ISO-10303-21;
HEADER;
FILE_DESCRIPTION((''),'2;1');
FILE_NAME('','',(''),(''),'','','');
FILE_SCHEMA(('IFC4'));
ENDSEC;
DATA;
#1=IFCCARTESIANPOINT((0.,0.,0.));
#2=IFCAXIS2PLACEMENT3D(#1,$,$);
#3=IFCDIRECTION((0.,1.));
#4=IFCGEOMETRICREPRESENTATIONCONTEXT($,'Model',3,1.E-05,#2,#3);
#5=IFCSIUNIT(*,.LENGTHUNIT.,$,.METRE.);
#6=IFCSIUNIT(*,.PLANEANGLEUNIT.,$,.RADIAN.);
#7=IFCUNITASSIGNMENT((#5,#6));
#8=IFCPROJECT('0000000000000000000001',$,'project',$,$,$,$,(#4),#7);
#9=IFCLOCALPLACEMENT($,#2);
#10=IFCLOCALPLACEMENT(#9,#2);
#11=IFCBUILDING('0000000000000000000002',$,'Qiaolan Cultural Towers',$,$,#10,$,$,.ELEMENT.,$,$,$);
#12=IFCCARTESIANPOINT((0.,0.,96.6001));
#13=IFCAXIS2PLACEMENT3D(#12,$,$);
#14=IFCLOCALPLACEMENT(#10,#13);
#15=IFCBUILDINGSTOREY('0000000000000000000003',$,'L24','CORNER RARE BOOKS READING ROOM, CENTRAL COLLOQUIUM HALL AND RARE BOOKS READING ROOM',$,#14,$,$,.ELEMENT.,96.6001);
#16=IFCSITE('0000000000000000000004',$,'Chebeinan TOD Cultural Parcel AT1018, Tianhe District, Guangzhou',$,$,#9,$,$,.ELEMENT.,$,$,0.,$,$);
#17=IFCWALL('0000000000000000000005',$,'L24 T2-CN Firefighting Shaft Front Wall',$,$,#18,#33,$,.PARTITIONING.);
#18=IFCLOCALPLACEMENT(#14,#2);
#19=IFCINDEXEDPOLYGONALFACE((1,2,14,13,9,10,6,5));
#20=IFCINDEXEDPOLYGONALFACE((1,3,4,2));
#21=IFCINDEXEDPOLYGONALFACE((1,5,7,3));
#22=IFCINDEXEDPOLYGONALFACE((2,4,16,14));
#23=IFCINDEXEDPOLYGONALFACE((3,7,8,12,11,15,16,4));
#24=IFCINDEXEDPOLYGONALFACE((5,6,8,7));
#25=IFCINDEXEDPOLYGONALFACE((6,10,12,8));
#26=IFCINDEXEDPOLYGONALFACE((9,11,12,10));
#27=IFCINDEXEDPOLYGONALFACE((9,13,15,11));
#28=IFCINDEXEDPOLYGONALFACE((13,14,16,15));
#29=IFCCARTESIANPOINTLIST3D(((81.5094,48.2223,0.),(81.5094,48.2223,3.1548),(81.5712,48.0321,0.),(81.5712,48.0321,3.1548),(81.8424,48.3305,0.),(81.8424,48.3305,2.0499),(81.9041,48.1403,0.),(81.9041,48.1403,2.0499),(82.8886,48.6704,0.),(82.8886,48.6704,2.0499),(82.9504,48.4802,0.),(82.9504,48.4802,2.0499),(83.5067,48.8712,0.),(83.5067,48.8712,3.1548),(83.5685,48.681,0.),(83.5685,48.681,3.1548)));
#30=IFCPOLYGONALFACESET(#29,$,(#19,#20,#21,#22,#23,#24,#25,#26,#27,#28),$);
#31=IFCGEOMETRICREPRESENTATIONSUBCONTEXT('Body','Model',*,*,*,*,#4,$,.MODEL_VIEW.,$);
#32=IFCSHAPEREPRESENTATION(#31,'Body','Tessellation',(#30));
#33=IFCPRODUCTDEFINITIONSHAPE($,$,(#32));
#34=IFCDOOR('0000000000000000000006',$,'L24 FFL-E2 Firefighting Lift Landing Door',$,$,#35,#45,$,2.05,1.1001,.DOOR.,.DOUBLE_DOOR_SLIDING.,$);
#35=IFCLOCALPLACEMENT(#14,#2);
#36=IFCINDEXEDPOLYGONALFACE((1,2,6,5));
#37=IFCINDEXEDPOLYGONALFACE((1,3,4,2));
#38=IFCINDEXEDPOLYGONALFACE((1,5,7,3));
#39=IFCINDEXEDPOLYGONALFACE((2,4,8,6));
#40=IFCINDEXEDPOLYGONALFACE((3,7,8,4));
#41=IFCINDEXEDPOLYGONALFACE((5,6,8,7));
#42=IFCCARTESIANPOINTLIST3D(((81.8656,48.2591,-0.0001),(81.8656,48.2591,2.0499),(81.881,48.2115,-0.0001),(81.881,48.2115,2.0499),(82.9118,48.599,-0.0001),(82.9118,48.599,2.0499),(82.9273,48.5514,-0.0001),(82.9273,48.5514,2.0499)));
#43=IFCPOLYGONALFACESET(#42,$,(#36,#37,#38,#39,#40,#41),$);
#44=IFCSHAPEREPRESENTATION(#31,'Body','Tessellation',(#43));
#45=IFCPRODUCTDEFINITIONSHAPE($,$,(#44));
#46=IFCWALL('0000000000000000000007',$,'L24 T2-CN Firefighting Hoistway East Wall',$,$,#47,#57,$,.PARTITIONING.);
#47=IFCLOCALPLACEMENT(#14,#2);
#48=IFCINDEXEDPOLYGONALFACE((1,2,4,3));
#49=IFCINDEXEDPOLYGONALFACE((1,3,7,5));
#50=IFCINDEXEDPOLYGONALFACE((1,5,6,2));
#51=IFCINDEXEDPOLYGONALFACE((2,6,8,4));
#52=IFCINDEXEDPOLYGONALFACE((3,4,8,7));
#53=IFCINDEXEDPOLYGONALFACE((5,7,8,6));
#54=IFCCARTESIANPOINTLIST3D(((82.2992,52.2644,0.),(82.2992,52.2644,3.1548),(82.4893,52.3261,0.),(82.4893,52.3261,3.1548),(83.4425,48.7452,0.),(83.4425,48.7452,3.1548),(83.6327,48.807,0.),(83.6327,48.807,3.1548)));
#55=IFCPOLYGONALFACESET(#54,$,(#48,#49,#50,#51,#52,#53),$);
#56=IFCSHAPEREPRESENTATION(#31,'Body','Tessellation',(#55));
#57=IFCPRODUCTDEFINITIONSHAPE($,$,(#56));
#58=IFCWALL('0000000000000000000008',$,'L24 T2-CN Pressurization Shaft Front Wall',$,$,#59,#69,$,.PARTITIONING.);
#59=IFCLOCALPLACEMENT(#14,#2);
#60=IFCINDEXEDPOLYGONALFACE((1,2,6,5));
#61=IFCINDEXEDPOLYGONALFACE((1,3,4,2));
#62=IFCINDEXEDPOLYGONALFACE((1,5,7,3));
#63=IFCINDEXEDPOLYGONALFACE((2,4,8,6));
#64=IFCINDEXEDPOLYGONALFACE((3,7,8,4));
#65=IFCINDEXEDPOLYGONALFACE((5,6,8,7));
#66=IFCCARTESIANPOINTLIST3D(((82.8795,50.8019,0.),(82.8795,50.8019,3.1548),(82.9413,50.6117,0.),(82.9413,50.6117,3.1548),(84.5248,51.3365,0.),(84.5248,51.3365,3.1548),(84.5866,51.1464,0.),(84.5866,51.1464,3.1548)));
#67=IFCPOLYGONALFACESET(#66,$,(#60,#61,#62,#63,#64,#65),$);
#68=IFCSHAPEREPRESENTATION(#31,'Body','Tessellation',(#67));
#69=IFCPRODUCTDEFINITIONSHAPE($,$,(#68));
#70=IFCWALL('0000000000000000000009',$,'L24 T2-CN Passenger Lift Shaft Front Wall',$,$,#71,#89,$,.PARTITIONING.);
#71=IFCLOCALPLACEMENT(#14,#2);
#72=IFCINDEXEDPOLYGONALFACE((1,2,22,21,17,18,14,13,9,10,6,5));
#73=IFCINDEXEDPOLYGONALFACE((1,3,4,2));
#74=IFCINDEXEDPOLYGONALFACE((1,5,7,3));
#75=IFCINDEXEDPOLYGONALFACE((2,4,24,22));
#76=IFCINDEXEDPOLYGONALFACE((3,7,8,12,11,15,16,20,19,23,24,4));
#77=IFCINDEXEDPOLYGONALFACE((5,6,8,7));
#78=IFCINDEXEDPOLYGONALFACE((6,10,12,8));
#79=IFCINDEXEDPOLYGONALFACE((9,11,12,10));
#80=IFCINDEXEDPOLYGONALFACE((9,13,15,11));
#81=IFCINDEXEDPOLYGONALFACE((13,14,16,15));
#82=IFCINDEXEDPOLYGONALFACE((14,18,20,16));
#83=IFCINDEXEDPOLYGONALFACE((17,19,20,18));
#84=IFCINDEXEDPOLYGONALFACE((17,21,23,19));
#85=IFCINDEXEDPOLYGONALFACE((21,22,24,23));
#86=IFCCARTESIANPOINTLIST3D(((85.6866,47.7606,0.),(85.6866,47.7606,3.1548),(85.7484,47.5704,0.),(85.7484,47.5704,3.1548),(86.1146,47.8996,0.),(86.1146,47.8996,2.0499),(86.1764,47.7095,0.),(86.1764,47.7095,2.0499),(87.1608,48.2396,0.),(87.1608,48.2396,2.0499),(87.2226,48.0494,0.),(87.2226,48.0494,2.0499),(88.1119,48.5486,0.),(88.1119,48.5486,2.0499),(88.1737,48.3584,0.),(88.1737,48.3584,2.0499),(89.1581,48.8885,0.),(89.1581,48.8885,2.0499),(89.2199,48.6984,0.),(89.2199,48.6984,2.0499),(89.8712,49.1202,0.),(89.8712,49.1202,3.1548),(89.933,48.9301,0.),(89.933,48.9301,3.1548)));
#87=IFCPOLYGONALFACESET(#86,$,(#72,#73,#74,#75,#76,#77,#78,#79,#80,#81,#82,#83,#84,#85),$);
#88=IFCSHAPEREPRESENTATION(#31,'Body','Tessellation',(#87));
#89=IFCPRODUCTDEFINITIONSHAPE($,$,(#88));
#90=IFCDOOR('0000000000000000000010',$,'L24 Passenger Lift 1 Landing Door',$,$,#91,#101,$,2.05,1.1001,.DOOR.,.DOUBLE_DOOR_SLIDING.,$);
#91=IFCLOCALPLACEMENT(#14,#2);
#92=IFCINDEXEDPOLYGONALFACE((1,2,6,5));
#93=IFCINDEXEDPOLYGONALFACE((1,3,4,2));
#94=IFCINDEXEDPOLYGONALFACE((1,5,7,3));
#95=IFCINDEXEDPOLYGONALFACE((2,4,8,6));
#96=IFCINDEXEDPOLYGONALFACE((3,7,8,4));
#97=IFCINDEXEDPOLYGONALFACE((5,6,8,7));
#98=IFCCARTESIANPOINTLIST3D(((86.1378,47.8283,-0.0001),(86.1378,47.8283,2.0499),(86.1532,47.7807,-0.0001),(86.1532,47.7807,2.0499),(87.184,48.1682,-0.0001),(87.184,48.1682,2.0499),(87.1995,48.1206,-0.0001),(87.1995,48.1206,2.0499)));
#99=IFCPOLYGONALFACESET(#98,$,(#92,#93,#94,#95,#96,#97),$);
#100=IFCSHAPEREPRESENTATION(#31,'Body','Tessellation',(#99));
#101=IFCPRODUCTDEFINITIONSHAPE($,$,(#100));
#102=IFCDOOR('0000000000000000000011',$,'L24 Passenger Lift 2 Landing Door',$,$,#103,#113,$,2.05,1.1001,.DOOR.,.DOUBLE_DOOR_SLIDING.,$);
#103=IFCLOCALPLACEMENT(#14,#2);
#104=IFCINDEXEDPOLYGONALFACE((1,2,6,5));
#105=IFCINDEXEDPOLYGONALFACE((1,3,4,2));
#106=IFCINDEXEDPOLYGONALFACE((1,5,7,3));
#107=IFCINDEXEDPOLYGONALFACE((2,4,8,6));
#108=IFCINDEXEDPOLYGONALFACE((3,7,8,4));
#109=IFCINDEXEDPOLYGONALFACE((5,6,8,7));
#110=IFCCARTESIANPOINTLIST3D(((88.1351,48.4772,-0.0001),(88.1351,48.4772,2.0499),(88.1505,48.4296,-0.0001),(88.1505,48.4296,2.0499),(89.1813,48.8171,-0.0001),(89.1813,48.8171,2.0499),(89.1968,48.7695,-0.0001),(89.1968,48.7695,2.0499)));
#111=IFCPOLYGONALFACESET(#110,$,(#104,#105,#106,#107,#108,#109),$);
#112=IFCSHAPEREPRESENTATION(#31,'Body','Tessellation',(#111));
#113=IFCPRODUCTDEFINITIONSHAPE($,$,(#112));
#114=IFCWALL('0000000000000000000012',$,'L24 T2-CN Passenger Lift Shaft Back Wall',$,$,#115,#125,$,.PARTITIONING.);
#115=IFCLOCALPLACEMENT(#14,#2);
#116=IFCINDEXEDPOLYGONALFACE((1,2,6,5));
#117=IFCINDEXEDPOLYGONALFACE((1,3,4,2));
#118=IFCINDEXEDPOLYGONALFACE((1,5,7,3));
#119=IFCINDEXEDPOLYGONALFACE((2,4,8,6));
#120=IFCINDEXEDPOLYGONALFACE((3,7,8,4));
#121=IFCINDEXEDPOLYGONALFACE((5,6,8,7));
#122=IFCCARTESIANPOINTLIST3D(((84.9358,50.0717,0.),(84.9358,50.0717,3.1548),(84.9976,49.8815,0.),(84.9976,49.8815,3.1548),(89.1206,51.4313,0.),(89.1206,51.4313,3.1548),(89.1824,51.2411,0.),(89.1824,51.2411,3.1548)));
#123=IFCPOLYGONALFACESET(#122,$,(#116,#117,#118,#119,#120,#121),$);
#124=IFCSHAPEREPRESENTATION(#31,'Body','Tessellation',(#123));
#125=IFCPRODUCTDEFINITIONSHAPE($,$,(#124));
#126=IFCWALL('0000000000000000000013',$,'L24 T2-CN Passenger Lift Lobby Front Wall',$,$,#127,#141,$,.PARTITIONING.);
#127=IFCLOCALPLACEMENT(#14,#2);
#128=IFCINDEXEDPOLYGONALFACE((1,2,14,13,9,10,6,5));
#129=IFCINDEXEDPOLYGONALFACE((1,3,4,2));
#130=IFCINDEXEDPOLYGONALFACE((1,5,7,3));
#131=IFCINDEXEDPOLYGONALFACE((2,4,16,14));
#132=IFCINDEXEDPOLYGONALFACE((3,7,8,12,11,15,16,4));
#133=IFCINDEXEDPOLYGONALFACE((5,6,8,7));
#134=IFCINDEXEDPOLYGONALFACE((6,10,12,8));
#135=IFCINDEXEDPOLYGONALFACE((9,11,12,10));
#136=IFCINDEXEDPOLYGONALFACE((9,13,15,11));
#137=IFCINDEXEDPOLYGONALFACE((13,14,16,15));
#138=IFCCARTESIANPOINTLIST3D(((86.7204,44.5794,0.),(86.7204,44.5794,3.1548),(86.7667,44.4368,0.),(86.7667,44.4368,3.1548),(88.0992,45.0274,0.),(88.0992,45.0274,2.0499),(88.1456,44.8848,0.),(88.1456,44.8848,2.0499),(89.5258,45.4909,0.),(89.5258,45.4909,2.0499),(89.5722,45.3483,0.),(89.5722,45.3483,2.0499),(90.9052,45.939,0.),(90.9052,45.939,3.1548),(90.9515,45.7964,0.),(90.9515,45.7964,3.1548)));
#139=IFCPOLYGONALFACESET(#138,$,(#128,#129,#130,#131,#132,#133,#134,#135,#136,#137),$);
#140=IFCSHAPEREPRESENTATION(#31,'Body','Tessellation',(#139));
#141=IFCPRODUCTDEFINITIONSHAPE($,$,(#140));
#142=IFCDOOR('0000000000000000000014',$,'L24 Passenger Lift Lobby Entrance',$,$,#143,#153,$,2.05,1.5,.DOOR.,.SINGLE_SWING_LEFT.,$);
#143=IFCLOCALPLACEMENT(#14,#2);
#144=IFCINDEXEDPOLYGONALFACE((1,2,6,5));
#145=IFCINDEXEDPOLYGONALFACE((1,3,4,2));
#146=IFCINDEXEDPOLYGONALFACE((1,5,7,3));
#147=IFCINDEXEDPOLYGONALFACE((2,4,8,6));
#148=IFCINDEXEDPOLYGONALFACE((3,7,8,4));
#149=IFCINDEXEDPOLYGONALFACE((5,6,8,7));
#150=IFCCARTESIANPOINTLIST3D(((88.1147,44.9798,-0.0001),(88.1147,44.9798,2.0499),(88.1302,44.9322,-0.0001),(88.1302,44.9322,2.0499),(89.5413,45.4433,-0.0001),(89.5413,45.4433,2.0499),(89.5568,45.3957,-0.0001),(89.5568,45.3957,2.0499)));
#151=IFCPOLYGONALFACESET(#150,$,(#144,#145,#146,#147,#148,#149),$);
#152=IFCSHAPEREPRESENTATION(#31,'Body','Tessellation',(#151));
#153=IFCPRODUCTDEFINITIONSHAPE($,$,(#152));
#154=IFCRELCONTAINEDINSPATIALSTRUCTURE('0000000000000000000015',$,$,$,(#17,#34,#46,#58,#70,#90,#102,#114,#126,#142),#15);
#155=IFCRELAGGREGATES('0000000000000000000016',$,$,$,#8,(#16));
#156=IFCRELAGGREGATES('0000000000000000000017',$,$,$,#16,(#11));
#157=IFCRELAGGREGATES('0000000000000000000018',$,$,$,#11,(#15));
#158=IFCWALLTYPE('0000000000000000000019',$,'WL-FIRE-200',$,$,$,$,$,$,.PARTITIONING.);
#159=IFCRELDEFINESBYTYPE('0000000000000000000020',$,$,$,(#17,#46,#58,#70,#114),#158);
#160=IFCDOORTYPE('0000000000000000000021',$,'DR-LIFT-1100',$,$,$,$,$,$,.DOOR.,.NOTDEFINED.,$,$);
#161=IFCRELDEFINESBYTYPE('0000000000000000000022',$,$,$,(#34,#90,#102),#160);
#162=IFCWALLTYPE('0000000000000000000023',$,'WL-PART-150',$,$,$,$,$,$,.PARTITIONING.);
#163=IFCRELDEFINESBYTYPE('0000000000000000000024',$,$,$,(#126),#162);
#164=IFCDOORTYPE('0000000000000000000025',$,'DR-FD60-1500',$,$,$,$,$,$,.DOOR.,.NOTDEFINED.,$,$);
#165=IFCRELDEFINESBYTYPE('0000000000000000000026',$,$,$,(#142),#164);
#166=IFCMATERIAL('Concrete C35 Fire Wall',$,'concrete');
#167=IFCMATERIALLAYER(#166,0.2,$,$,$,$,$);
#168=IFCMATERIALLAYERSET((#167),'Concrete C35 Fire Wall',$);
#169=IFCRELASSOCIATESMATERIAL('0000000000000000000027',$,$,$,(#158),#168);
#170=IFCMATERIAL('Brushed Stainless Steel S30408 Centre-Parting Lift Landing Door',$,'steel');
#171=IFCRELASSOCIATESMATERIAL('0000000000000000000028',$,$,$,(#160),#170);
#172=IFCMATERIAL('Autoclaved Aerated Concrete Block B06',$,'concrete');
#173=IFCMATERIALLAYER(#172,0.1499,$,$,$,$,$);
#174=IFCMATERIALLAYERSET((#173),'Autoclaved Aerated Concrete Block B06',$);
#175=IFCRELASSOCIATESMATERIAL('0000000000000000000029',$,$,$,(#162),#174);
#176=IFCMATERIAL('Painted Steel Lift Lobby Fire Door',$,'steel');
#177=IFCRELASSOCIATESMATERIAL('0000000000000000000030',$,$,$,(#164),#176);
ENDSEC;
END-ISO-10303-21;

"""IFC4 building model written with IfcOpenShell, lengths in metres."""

from ifc_helpers import new_model, si_unit, direction, frame, frame_2d, origin, place, context, subcontext, project, spatial, rectangle, extrude, material, layer, layer_set, type_object, element, fill, save


model = new_model("IFC4")

# Units and contexts
model_context = context("Model", 3, precision=1e-05, world=origin(), true_north=direction((0.0, 1.0)))
body_context = subcontext(model_context, "Body", "Model", "MODEL_VIEW")
ifc_project = project(units=[si_unit("LENGTHUNIT", "METRE"), si_unit("PLANEANGLEUNIT", "RADIAN")], contexts=[model_context])

# Site, building, storey
site_placement = place(None, origin())
site = spatial("IfcSite", under=ifc_project, at=site_placement, Name="Chebeinan TOD Cultural Parcel AT1018, Tianhe District, Guangzhou", CompositionType="ELEMENT", RefElevation=0.0)
building_placement = place(site_placement, origin())
building = spatial("IfcBuilding", under=site, at=building_placement, Name="Qiaolan Cultural Towers", CompositionType="ELEMENT")
storey_placement = place(building_placement, frame((0.0, 0.0, 96.6001)))
storey = spatial("IfcBuildingStorey", under=building, at=storey_placement, Name="L24", Description="CORNER RARE BOOKS READING ROOM, CENTRAL COLLOQUIUM HALL AND RARE BOOKS READING ROOM", CompositionType="ELEMENT", Elevation=96.6001)

# Shared definitions
ifc_material_1 = material(Name="Concrete C35 Fire Wall", Category="concrete")
ifc_layer_1 = layer(ifc_material_1, 0.2)
ifc_layer_set_1 = layer_set([ifc_layer_1], Name="Concrete C35 Fire Wall")
wall_type_1 = type_object("IfcWallType", Name="WL-FIRE-200", PredefinedType="PARTITIONING", material=ifc_layer_set_1)

# Wall, opening, door
wall_1_placement = place(storey_placement, frame((81.5403, 48.1272, 0.0), z_axis=(0.0, 0.0, 1.0), x_axis=(0.951062, 0.308999, 0.0)))
wall_1 = element("IfcWall", 1, at=wall_1_placement, inside=storey, type_object=wall_type_1, Name="L24 T2-CN Firefighting Shaft Front Wall", PredefinedType="PARTITIONING", context=body_context, shape_type="SweptSolid", body=[
    extrude(rectangle(XDim=2.1001, YDim=0.2, at=frame_2d((1.05, 0.0))), origin(), (0.0, 0.0, 1.0), 3.1548),
])
opening_1_placement = place(wall_1_placement, frame((0.3501, 0.0, 0.0)))
opening_1 = element("IfcOpeningElement", 2, at=opening_1_placement, cuts=wall_1, PredefinedType="OPENING", context=body_context, shape_type="SweptSolid", body=[
    extrude(rectangle(XDim=1.1001, YDim=2.05, at=frame_2d((0.55, 1.0249))), frame((0.0, 0.1099, 0.0), z_axis=(0.0, -1.0, 0.0), x_axis=(1.0, 0.0, 0.0)), (0.0, 0.0, 1.0), 0.22),
])
ifc_material_2 = material(Name="Brushed Stainless Steel S30408 Centre-Parting Lift Landing Door", Category="steel")
door_type_1 = type_object("IfcDoorType", Name="DR-LIFT-1100", OperationType="NOTDEFINED", PredefinedType="DOOR", material=ifc_material_2)
door_1_placement = place(opening_1_placement, origin())
door_1 = element("IfcDoor", 3, at=door_1_placement, inside=storey, type_object=door_type_1, Name="L24 FFL-E2 Firefighting Lift Landing Door", OperationType="DOUBLE_DOOR_SLIDING", OverallHeight=2.05, OverallWidth=1.1001, PredefinedType="DOOR", context=body_context, shape_type="SweptSolid", body=[
    extrude(rectangle(XDim=1.1001, YDim=2.05, at=frame_2d((0.55, 1.0249))), frame((0.0, 0.0249, 0.0), z_axis=(0.0, -1.0, 0.0), x_axis=(1.0, 0.0, 0.0)), (0.0, 0.0, 1.0), 0.05),
])
fill(opening_1, door_1)

# Walls
wall_2_placement = place(storey_placement, frame((83.5376, 48.7761, 0.0), z_axis=(0.0, 0.0, 1.0), x_axis=(-0.308994, 0.951064, 0.0)))
element("IfcWall", 4, at=wall_2_placement, inside=storey, type_object=wall_type_1, Name="L24 T2-CN Firefighting Hoistway East Wall", PredefinedType="PARTITIONING", context=body_context, shape_type="SweptSolid", body=[
    extrude(rectangle(XDim=3.7002, YDim=0.2, at=frame_2d((1.8501, 0.0))), origin(), (0.0, 0.0, 1.0), 3.1548),
])
wall_3_placement = place(storey_placement, frame((82.9104, 50.7068, 0.0), z_axis=(0.0, 0.0, 1.0), x_axis=(0.951041, 0.309064, 0.0)))
element("IfcWall", 5, at=wall_3_placement, inside=storey, type_object=wall_type_1, Name="L24 T2-CN Pressurization Shaft Front Wall", PredefinedType="PARTITIONING", context=body_context, shape_type="SweptSolid", body=[
    extrude(rectangle(XDim=1.73, YDim=0.2, at=frame_2d((0.865, 0.0))), origin(), (0.0, 0.0, 1.0), 3.1548),
])

# Wall, openings, doors
wall_4_placement = place(storey_placement, frame((85.7175, 47.6655, 0.0), z_axis=(0.0, 0.0, 1.0), x_axis=(0.951059, 0.309011, 0.0)))
wall_4 = element("IfcWall", 6, at=wall_4_placement, inside=storey, type_object=wall_type_1, Name="L24 T2-CN Passenger Lift Shaft Front Wall", PredefinedType="PARTITIONING", context=body_context, shape_type="SweptSolid", body=[
    extrude(rectangle(XDim=4.3999, YDim=0.2, at=frame_2d((2.2, 0.0))), origin(), (0.0, 0.0, 1.0), 3.1548),
])
opening_2_placement = place(wall_4_placement, frame((0.45, 0.0, 0.0)))
opening_2 = element("IfcOpeningElement", 7, at=opening_2_placement, cuts=wall_4, PredefinedType="OPENING", context=body_context, shape_type="SweptSolid", body=[
    extrude(rectangle(XDim=1.1001, YDim=2.05, at=frame_2d((0.55, 1.0249))), frame((0.0, 0.1099, 0.0), z_axis=(0.0, -1.0, 0.0), x_axis=(1.0, 0.0, 0.0)), (0.0, 0.0, 1.0), 0.22),
])
opening_3_placement = place(wall_4_placement, frame((2.55, 0.0, 0.0)))
opening_3 = element("IfcOpeningElement", 8, at=opening_3_placement, cuts=wall_4, PredefinedType="OPENING", context=body_context, shape_type="SweptSolid", body=[
    extrude(rectangle(XDim=1.1001, YDim=2.05, at=frame_2d((0.55, 1.0249))), frame((0.0, 0.1099, 0.0), z_axis=(0.0, -1.0, 0.0), x_axis=(1.0, 0.0, 0.0)), (0.0, 0.0, 1.0), 0.22),
])
door_2_placement = place(opening_2_placement, origin())
door_2 = element("IfcDoor", 9, at=door_2_placement, inside=storey, type_object=door_type_1, Name="L24 Passenger Lift 1 Landing Door", OperationType="DOUBLE_DOOR_SLIDING", OverallHeight=2.05, OverallWidth=1.1001, PredefinedType="DOOR", context=body_context, shape_type="SweptSolid", body=[
    extrude(rectangle(XDim=1.1001, YDim=2.05, at=frame_2d((0.55, 1.0249))), frame((0.0, 0.0249, 0.0), z_axis=(0.0, -1.0, 0.0), x_axis=(1.0, 0.0, 0.0)), (0.0, 0.0, 1.0), 0.05),
])
fill(opening_2, door_2)
door_3_placement = place(opening_3_placement, origin())
door_3 = element("IfcDoor", 10, at=door_3_placement, inside=storey, type_object=door_type_1, Name="L24 Passenger Lift 2 Landing Door", OperationType="DOUBLE_DOOR_SLIDING", OverallHeight=2.05, OverallWidth=1.1001, PredefinedType="DOOR", context=body_context, shape_type="SweptSolid", body=[
    extrude(rectangle(XDim=1.1001, YDim=2.05, at=frame_2d((0.55, 1.0249))), frame((0.0, 0.0249, 0.0), z_axis=(0.0, -1.0, 0.0), x_axis=(1.0, 0.0, 0.0)), (0.0, 0.0, 1.0), 0.05),
])
fill(opening_3, door_3)

# Wall
wall_5_placement = place(storey_placement, frame((84.9666, 49.9766, 0.0), z_axis=(0.0, 0.0, 1.0), x_axis=(0.951064, 0.308994, 0.0)))
element("IfcWall", 11, at=wall_5_placement, inside=storey, type_object=wall_type_1, Name="L24 T2-CN Passenger Lift Shaft Back Wall", PredefinedType="PARTITIONING", context=body_context, shape_type="SweptSolid", body=[
    extrude(rectangle(XDim=4.4001, YDim=0.2, at=frame_2d((2.2002, 0.0))), origin(), (0.0, 0.0, 1.0), 3.1548),
])

# Wall, opening, door
ifc_material_3 = material(Name="Autoclaved Aerated Concrete Block B06", Category="concrete")
ifc_layer_2 = layer(ifc_material_3, 0.1499)
ifc_layer_set_2 = layer_set([ifc_layer_2], Name="Autoclaved Aerated Concrete Block B06")
wall_type_2 = type_object("IfcWallType", Name="WL-PART-150", PredefinedType="PARTITIONING", material=ifc_layer_set_2)
wall_6_placement = place(storey_placement, frame((86.7434, 44.5081, 0.0), z_axis=(0.0, 0.0, 1.0), x_axis=(0.951064, 0.308994, 0.0)))
wall_6 = element("IfcWall", 12, at=wall_6_placement, inside=storey, type_object=wall_type_2, Name="L24 T2-CN Passenger Lift Lobby Front Wall", PredefinedType="PARTITIONING", context=body_context, shape_type="SweptSolid", body=[
    extrude(rectangle(XDim=4.4001, YDim=0.1499, at=frame_2d((2.2002, 0.0))), origin(), (0.0, 0.0, 1.0), 3.1548),
])
opening_4_placement = place(wall_6_placement, frame((1.45, 0.0, 0.0)))
opening_4 = element("IfcOpeningElement", 13, at=opening_4_placement, cuts=wall_6, PredefinedType="OPENING", context=body_context, shape_type="SweptSolid", body=[
    extrude(rectangle(XDim=1.5, YDim=2.05, at=frame_2d((0.75, 1.0249))), frame((0.0, 0.085, 0.0), z_axis=(0.0, -1.0, 0.0), x_axis=(1.0, 0.0, 0.0)), (0.0, 0.0, 1.0), 0.1699),
])
ifc_material_4 = material(Name="Painted Steel Lift Lobby Fire Door", Category="steel")
door_type_2 = type_object("IfcDoorType", Name="DR-FD60-1500", OperationType="NOTDEFINED", PredefinedType="DOOR", material=ifc_material_4)
door_4_placement = place(opening_4_placement, origin())
door_4 = element("IfcDoor", 14, at=door_4_placement, inside=storey, type_object=door_type_2, Name="L24 Passenger Lift Lobby Entrance", OperationType="SINGLE_SWING_LEFT", OverallHeight=2.05, OverallWidth=1.5, PredefinedType="DOOR", context=body_context, shape_type="SweptSolid", body=[
    extrude(rectangle(XDim=1.5, YDim=2.05, at=frame_2d((0.75, 1.0249))), frame((0.0, 0.0249, 0.0), z_axis=(0.0, -1.0, 0.0), x_axis=(1.0, 0.0, 0.0)), (0.0, 0.0, 1.0), 0.05),
])
fill(opening_4, door_4)

save(model, "model.ifc")
